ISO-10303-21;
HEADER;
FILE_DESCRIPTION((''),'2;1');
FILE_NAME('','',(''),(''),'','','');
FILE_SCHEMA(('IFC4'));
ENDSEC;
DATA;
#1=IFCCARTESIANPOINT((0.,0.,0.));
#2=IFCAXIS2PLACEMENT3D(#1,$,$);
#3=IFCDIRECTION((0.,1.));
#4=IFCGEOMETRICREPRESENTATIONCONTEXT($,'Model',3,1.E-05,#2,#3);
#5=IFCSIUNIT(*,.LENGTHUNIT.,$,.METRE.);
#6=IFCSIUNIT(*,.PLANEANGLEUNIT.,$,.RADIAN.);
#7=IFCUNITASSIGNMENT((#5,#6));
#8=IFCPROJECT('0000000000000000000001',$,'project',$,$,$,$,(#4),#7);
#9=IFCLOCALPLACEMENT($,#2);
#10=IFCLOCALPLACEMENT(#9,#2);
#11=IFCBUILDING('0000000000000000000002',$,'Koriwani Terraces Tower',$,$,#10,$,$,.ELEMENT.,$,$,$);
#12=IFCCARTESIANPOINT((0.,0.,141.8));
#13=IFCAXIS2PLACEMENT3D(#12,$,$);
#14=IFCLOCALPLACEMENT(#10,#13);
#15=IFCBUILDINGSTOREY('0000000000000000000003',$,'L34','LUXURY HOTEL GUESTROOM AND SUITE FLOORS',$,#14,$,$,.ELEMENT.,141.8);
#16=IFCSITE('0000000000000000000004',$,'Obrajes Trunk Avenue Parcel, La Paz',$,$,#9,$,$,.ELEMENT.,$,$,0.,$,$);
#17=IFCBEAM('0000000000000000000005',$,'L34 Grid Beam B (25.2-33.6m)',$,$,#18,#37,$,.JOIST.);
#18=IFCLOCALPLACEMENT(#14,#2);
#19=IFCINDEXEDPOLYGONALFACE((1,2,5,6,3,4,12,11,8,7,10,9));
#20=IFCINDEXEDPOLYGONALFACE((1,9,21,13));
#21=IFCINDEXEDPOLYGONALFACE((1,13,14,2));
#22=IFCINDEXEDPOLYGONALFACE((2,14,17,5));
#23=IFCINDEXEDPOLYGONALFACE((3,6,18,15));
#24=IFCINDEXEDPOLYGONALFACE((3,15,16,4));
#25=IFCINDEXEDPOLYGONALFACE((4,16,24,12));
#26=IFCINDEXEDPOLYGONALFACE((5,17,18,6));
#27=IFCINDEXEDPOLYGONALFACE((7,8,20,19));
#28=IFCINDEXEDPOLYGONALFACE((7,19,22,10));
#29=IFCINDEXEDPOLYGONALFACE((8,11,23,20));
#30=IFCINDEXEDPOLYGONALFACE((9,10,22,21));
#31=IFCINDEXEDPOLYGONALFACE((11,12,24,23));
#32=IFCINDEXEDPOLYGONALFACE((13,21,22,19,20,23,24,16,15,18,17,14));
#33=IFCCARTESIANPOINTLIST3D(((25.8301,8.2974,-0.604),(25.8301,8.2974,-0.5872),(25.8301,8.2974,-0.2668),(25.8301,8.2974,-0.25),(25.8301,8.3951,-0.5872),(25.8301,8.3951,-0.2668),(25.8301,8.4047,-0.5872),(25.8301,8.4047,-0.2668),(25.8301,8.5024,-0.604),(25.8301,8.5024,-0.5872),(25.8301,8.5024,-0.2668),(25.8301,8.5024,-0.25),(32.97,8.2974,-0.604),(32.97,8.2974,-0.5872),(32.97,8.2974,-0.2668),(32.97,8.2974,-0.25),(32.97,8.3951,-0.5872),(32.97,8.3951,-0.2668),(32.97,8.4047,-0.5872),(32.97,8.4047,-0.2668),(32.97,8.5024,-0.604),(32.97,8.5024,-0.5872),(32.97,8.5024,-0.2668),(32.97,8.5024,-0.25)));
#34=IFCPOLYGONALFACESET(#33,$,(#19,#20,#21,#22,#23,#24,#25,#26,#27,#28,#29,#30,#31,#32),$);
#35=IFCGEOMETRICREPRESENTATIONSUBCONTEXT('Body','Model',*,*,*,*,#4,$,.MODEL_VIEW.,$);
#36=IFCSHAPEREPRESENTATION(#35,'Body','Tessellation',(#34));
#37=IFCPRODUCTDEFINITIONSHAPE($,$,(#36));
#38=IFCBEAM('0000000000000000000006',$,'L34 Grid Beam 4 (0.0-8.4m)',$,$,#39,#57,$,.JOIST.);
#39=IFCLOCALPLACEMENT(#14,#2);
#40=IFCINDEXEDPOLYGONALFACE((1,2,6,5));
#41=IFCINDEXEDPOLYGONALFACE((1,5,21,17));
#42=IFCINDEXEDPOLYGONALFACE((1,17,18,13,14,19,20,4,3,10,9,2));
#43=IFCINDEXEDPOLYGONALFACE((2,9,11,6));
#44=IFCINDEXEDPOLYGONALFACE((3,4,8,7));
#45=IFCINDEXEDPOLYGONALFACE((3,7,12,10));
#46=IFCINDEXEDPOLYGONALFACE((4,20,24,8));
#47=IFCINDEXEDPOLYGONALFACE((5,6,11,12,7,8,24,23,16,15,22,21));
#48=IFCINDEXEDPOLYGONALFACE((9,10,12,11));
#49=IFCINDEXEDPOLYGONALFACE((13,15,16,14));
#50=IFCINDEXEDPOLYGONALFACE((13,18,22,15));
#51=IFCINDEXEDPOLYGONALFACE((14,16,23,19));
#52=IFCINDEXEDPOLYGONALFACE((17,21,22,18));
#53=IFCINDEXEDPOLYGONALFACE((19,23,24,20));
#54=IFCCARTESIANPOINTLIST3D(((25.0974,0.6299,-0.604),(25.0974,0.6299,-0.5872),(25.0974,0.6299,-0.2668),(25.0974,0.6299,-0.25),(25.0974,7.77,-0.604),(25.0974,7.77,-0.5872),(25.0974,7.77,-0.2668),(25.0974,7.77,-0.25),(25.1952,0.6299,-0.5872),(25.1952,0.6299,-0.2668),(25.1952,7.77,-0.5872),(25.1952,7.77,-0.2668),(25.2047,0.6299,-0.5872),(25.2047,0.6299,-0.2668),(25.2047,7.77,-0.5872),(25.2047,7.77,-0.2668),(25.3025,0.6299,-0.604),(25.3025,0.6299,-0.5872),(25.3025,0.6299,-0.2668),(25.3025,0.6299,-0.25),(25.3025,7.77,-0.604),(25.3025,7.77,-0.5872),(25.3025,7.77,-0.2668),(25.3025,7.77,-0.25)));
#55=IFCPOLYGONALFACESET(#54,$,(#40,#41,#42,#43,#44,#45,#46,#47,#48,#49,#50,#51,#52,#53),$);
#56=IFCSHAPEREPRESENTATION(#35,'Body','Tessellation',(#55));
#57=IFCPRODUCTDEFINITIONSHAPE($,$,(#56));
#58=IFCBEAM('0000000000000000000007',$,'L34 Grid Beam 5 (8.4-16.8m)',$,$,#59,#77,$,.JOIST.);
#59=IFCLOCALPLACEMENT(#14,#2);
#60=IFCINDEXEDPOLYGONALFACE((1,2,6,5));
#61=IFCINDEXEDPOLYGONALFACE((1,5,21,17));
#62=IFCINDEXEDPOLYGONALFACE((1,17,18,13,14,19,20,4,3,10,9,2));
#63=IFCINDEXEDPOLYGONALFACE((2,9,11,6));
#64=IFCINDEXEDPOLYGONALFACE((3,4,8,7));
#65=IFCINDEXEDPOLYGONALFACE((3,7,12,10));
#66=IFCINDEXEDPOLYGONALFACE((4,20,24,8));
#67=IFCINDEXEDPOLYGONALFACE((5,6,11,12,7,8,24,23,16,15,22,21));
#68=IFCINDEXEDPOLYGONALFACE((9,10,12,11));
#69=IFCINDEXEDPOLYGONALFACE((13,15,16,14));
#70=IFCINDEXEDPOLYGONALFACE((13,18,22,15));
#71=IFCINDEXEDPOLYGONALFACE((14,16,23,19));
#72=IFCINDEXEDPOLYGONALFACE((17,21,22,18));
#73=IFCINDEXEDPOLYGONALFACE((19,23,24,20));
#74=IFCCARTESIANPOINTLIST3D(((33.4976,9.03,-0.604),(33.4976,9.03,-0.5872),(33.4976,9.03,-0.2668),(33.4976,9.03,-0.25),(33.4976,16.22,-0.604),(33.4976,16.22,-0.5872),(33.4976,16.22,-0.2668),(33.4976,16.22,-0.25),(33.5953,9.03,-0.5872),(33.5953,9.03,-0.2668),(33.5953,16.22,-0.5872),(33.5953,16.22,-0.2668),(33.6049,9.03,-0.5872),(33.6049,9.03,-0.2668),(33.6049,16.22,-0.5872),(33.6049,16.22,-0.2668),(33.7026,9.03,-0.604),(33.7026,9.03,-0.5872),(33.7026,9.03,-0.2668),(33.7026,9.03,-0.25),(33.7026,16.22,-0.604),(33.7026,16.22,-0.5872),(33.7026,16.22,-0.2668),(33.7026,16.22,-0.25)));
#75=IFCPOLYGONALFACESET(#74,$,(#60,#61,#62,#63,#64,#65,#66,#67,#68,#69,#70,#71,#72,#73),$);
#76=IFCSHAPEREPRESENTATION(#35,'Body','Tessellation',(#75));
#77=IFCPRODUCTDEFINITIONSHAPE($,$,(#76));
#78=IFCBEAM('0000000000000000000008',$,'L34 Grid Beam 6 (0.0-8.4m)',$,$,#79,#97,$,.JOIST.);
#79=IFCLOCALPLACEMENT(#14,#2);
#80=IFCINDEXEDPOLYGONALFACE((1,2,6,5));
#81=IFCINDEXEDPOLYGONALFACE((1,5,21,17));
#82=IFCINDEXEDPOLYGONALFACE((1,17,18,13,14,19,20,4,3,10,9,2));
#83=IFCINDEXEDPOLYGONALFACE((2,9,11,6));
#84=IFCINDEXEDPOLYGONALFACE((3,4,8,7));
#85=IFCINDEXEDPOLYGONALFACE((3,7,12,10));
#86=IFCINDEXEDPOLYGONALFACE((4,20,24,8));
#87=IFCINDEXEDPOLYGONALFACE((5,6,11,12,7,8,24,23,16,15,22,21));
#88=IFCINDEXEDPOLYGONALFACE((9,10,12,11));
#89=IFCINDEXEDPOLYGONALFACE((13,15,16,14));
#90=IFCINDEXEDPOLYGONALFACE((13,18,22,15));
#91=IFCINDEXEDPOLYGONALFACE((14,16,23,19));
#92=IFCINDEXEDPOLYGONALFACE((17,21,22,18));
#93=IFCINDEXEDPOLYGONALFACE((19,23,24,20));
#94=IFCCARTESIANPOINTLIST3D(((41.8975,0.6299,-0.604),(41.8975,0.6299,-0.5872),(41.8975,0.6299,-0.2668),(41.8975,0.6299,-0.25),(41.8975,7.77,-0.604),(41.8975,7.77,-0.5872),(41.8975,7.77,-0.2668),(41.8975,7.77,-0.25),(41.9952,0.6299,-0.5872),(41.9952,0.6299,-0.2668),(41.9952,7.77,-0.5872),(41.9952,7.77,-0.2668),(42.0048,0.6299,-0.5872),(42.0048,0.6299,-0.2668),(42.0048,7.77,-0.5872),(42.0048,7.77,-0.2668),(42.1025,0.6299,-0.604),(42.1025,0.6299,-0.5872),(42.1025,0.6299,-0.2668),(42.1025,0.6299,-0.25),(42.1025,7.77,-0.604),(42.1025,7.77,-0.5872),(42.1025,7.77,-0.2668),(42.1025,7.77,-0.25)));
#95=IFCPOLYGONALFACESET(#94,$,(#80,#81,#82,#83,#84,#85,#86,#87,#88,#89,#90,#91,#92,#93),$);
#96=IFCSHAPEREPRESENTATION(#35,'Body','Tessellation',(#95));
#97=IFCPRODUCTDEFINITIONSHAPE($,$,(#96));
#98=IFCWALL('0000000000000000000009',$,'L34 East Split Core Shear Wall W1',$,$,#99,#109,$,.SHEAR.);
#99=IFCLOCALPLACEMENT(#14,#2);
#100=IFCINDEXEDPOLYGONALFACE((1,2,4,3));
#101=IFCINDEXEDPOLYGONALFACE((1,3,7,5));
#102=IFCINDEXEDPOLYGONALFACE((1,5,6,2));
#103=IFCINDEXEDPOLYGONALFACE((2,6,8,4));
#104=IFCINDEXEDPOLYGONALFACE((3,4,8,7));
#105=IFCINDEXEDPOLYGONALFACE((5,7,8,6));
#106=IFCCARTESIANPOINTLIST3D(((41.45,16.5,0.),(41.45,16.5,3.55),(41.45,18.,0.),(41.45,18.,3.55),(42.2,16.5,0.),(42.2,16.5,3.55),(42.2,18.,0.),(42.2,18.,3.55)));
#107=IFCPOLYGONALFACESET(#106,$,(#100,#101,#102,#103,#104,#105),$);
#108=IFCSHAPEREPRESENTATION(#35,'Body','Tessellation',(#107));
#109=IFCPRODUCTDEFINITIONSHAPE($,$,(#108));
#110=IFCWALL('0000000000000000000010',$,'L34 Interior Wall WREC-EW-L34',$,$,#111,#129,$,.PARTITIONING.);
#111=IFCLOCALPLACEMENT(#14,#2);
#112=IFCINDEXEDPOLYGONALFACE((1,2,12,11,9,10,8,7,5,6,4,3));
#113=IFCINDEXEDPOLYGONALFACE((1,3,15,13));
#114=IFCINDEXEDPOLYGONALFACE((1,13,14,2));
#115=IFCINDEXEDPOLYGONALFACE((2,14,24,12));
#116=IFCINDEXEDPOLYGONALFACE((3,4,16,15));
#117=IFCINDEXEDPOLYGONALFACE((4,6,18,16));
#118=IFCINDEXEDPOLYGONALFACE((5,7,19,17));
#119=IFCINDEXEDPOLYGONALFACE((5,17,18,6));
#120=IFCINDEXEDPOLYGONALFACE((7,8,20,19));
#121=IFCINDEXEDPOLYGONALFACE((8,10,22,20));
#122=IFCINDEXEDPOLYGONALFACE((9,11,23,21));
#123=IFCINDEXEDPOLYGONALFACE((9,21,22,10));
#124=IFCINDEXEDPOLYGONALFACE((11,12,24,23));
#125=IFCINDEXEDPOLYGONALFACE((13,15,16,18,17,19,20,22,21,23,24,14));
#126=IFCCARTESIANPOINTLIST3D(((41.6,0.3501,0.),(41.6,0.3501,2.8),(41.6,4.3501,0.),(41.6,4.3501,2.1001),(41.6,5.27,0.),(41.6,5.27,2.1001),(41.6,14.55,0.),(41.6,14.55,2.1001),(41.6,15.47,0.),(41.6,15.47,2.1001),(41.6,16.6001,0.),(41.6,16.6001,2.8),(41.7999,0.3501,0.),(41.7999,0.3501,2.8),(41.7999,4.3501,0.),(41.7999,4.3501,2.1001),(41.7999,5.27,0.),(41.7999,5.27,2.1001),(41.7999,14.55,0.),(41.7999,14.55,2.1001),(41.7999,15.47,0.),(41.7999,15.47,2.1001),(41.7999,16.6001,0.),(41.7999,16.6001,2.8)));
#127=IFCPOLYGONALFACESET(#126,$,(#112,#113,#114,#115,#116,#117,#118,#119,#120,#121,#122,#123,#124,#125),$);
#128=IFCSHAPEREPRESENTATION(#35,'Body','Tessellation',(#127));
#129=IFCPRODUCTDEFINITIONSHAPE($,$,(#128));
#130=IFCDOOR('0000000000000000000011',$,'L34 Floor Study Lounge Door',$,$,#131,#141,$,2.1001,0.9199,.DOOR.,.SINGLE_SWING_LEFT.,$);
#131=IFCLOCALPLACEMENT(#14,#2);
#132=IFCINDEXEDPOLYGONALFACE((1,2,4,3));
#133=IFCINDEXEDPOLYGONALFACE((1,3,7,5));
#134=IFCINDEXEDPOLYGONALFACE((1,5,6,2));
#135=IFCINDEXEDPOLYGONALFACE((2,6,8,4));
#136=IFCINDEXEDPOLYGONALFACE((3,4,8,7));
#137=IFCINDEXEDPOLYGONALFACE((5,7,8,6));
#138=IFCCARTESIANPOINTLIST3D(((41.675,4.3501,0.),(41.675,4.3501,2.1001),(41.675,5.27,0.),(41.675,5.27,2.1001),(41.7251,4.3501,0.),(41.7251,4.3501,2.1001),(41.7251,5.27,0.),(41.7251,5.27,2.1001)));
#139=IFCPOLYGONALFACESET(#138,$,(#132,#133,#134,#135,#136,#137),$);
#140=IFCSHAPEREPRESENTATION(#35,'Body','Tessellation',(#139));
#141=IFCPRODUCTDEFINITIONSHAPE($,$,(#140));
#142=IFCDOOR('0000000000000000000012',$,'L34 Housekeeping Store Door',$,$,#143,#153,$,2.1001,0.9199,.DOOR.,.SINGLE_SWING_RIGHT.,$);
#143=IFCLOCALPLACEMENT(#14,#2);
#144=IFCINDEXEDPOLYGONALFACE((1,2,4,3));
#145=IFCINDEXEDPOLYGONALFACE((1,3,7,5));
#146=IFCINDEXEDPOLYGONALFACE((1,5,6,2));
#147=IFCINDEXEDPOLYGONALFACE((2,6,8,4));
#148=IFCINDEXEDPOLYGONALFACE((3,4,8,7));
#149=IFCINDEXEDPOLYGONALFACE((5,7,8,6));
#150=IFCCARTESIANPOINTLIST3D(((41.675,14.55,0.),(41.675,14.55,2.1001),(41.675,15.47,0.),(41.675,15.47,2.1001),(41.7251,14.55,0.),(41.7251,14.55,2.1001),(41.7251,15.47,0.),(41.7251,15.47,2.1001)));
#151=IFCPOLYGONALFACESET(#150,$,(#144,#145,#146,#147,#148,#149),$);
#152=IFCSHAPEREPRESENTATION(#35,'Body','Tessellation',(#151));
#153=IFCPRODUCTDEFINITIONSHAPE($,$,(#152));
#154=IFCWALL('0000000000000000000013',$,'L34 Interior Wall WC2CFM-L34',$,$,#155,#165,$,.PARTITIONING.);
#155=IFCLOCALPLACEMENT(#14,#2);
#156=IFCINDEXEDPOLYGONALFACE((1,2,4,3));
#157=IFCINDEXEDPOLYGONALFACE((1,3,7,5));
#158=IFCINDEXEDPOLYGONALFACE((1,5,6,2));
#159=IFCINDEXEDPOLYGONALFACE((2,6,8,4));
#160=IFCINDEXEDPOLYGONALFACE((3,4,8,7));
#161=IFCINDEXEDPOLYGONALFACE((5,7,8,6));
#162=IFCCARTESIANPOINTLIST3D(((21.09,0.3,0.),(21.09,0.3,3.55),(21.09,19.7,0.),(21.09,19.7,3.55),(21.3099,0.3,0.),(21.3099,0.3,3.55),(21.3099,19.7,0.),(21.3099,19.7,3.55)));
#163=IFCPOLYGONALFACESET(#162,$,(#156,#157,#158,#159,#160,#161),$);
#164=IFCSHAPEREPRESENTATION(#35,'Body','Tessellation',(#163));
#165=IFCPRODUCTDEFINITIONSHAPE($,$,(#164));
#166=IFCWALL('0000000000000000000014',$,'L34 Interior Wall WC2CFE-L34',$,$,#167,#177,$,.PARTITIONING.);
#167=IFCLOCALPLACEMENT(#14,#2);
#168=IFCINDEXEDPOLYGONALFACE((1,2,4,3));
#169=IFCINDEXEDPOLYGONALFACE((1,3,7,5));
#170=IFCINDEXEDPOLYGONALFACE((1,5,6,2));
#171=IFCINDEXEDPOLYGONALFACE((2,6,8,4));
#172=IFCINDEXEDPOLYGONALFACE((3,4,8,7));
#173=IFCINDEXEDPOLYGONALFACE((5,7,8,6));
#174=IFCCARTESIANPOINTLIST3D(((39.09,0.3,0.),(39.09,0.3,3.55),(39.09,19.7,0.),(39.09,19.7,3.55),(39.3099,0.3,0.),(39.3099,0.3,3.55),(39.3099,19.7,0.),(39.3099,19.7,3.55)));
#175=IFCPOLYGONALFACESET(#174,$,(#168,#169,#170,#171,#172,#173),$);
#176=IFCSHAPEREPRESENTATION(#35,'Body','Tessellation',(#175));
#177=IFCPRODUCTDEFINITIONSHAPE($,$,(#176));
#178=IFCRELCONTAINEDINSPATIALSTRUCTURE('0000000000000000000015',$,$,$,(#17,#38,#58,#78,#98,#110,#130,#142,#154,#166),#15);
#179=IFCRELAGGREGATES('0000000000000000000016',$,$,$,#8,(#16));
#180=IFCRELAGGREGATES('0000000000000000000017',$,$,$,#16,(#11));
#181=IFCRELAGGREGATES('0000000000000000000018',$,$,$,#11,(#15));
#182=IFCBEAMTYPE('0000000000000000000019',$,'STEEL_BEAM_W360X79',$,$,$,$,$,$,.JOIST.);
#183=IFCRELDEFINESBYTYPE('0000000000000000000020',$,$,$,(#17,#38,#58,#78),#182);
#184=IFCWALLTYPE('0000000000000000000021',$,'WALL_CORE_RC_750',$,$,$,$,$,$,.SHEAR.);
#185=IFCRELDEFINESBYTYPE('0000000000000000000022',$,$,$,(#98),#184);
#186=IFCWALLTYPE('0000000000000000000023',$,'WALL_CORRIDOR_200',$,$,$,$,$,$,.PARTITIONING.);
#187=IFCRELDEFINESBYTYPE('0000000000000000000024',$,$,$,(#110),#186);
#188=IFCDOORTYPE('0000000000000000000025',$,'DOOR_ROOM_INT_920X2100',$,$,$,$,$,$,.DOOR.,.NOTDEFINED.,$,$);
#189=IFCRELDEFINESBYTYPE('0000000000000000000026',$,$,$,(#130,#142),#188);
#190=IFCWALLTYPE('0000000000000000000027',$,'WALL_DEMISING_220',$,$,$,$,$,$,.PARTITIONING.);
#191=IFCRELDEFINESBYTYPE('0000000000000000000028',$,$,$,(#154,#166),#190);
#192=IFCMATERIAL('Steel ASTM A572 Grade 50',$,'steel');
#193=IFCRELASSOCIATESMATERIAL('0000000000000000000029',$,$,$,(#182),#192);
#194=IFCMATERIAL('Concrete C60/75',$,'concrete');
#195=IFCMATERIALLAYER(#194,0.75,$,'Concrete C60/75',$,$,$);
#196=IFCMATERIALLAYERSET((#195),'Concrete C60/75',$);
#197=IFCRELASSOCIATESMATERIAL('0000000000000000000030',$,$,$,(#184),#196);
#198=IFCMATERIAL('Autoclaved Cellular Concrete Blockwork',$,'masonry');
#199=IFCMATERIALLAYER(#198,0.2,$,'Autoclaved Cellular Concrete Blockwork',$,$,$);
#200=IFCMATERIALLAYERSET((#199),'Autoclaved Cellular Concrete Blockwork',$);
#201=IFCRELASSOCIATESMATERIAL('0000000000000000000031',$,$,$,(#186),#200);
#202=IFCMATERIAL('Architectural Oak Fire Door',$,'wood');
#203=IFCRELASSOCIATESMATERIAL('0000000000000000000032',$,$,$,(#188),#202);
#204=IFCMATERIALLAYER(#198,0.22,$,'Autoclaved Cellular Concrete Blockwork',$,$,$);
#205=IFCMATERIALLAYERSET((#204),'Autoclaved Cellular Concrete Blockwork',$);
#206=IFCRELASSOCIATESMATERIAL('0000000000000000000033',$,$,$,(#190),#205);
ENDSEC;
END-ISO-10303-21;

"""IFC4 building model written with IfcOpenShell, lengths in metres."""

from ifc_helpers import new_model, si_unit, direction, frame, frame_2d, origin, origin_2d, place, context, subcontext, project, spatial, rectangle, i_section, extrude, material, layer, layer_set, material_profile, profile_set, type_object, element, fill, save


model = new_model("IFC4")

# Units and contexts
model_context = context("Model", 3, precision=1e-05, world=origin(), true_north=direction((0.0, 1.0)))
body_context = subcontext(model_context, "Body", "Model", "MODEL_VIEW")
ifc_project = project(units=[si_unit("LENGTHUNIT", "METRE"), si_unit("PLANEANGLEUNIT", "RADIAN")], contexts=[model_context])

# Site, building, storey
site_placement = place(None, origin())
site = spatial("IfcSite", under=ifc_project, at=site_placement, Name="Obrajes Trunk Avenue Parcel, La Paz", CompositionType="ELEMENT", RefElevation=0.0)
building_placement = place(site_placement, origin())
building = spatial("IfcBuilding", under=site, at=building_placement, Name="Koriwani Terraces Tower", CompositionType="ELEMENT")
storey_placement = place(building_placement, frame((0.0, 0.0, 141.8)))
storey = spatial("IfcBuildingStorey", under=building, at=storey_placement, Name="L34", Description="LUXURY HOTEL GUESTROOM AND SUITE FLOORS", CompositionType="ELEMENT", Elevation=141.8)

# Shared definitions
ifc_material_1 = material(Name="Concrete C60/75", Category="concrete")

# Beams
ifc_material_2 = material(Name="Steel ASTM A572 Grade 50", Category="steel")
ifc_material_profile_1 = material_profile(ifc_material_2, i_section(OverallWidth=0.2051, OverallDepth=0.354, WebThickness=0.0095, FlangeThickness=0.0168, at=origin_2d()), Name="Steel ASTM A572 Grade 50", Category="LoadBearing")
ifc_profile_set_1 = profile_set([ifc_material_profile_1], Name="Steel ASTM A572 Grade 50")
beam_type_1 = type_object("IfcBeamType", Name="STEEL_BEAM_W360X79", PredefinedType="JOIST", material=ifc_profile_set_1)
beam_1_placement = place(storey_placement, frame((25.8301, 8.3999, -0.427), z_axis=(1.0, 0.0, 0.0), x_axis=(0.0, 1.0, 0.0)))
element("IfcBeam", 1, at=beam_1_placement, inside=storey, type_object=beam_type_1, Name="L34 Grid Beam B (25.2-33.6m)", PredefinedType="JOIST", context=body_context, shape_type="SweptSolid", body=[
    extrude(i_section(OverallWidth=0.2051, OverallDepth=0.354, WebThickness=0.0095, FlangeThickness=0.0168, at=origin_2d()), origin(), (0.0, 0.0, 1.0), 7.1399),
])
beam_2_placement = place(storey_placement, frame((25.2, 0.6299, -0.427), z_axis=(0.0, 1.0, 0.0), x_axis=(-1.0, 0.0, 0.0)))
element("IfcBeam", 2, at=beam_2_placement, inside=storey, type_object=beam_type_1, Name="L34 Grid Beam 4 (0.0-8.4m)", PredefinedType="JOIST", context=body_context, shape_type="SweptSolid", body=[
    extrude(i_section(OverallWidth=0.2051, OverallDepth=0.354, WebThickness=0.0095, FlangeThickness=0.0168, at=origin_2d()), origin(), (0.0, 0.0, 1.0), 7.1401),
])
beam_3_placement = place(storey_placement, frame((33.6001, 9.03, -0.427), z_axis=(0.0, 1.0, 0.0), x_axis=(-1.0, 0.0, 0.0)))
element("IfcBeam", 3, at=beam_3_placement, inside=storey, type_object=beam_type_1, Name="L34 Grid Beam 5 (8.4-16.8m)", PredefinedType="JOIST", context=body_context, shape_type="SweptSolid", body=[
    extrude(i_section(OverallWidth=0.2051, OverallDepth=0.354, WebThickness=0.0095, FlangeThickness=0.0168, at=origin_2d()), origin(), (0.0, 0.0, 1.0), 7.1899),
])
beam_4_placement = place(storey_placement, frame((42.0, 0.6299, -0.427), z_axis=(0.0, 1.0, 0.0), x_axis=(-1.0, 0.0, 0.0)))
element("IfcBeam", 4, at=beam_4_placement, inside=storey, type_object=beam_type_1, Name="L34 Grid Beam 6 (0.0-8.4m)", PredefinedType="JOIST", context=body_context, shape_type="SweptSolid", body=[
    extrude(i_section(OverallWidth=0.2051, OverallDepth=0.354, WebThickness=0.0095, FlangeThickness=0.0168, at=origin_2d()), origin(), (0.0, 0.0, 1.0), 7.1401),
])

# Wall
ifc_layer_1 = layer(ifc_material_1, 0.75, Name="Concrete C60/75")
ifc_layer_set_1 = layer_set([ifc_layer_1], Name="Concrete C60/75")
wall_type_1 = type_object("IfcWallType", Name="WALL_CORE_RC_750", PredefinedType="SHEAR", material=ifc_layer_set_1)
wall_1_placement = place(storey_placement, frame((41.825, 16.5, 0.0), z_axis=(0.0, 0.0, 1.0), x_axis=(0.0, 1.0, 0.0)))
element("IfcWall", 5, at=wall_1_placement, inside=storey, type_object=wall_type_1, Name="L34 East Split Core Shear Wall W1", PredefinedType="SHEAR", context=body_context, shape_type="SweptSolid", body=[
    extrude(rectangle(XDim=1.5, YDim=0.75, at=frame_2d((0.75, 0.0))), origin(), (0.0, 0.0, 1.0), 3.55),
])

# Wall, openings, doors
ifc_material_3 = material(Name="Autoclaved Cellular Concrete Blockwork", Category="masonry")
ifc_layer_2 = layer(ifc_material_3, 0.2, Name="Autoclaved Cellular Concrete Blockwork")
ifc_layer_set_2 = layer_set([ifc_layer_2], Name="Autoclaved Cellular Concrete Blockwork")
wall_type_2 = type_object("IfcWallType", Name="WALL_CORRIDOR_200", PredefinedType="PARTITIONING", material=ifc_layer_set_2)
wall_2_placement = place(storey_placement, frame((41.7, 0.3501, 0.0), z_axis=(0.0, 0.0, 1.0), x_axis=(0.0, 1.0, 0.0)))
wall_2 = element("IfcWall", 6, at=wall_2_placement, inside=storey, type_object=wall_type_2, Name="L34 Interior Wall WREC-EW-L34", PredefinedType="PARTITIONING", context=body_context, shape_type="SweptSolid", body=[
    extrude(rectangle(XDim=16.25, YDim=0.2, at=frame_2d((8.125, 0.0))), origin(), (0.0, 0.0, 1.0), 2.8),
])
opening_1_placement = place(wall_2_placement, frame((4.0, 0.0, 0.0)))
opening_1 = element("IfcOpeningElement", 7, at=opening_1_placement, cuts=wall_2, PredefinedType="OPENING", context=body_context, shape_type="SweptSolid", body=[
    extrude(rectangle(XDim=0.9199, YDim=2.1001, at=frame_2d((0.46, 1.05))), frame((0.0, 0.1099, 0.0), z_axis=(0.0, -1.0, 0.0), x_axis=(1.0, 0.0, 0.0)), (0.0, 0.0, 1.0), 0.22),
])
opening_2_placement = place(wall_2_placement, frame((14.2, 0.0, 0.0)))
opening_2 = element("IfcOpeningElement", 8, at=opening_2_placement, cuts=wall_2, PredefinedType="OPENING", context=body_context, shape_type="SweptSolid", body=[
    extrude(rectangle(XDim=0.9199, YDim=2.1001, at=frame_2d((0.46, 1.05))), frame((0.0, 0.1099, 0.0), z_axis=(0.0, -1.0, 0.0), x_axis=(1.0, 0.0, 0.0)), (0.0, 0.0, 1.0), 0.22),
])
ifc_material_4 = material(Name="Architectural Oak Fire Door", Category="wood")
door_type = type_object("IfcDoorType", Name="DOOR_ROOM_INT_920X2100", OperationType="NOTDEFINED", PredefinedType="DOOR", material=ifc_material_4)
door_1_placement = place(opening_1_placement, origin())
door_1 = element("IfcDoor", 9, at=door_1_placement, inside=storey, type_object=door_type, Name="L34 Floor Study Lounge Door", OperationType="SINGLE_SWING_LEFT", OverallHeight=2.1001, OverallWidth=0.9199, PredefinedType="DOOR", context=body_context, shape_type="SweptSolid", body=[
    extrude(rectangle(XDim=0.9199, YDim=2.1001, at=frame_2d((0.46, 1.05))), frame((0.0, 0.0249, 0.0), z_axis=(0.0, -1.0, 0.0), x_axis=(1.0, 0.0, 0.0)), (0.0, 0.0, 1.0), 0.05),
])
fill(opening_1, door_1)
door_2_placement = place(opening_2_placement, origin())
door_2 = element("IfcDoor", 10, at=door_2_placement, inside=storey, type_object=door_type, Name="L34 Housekeeping Store Door", OperationType="SINGLE_SWING_RIGHT", OverallHeight=2.1001, OverallWidth=0.9199, PredefinedType="DOOR", context=body_context, shape_type="SweptSolid", body=[
    extrude(rectangle(XDim=0.9199, YDim=2.1001, at=frame_2d((0.46, 1.05))), frame((0.0, 0.0249, 0.0), z_axis=(0.0, -1.0, 0.0), x_axis=(1.0, 0.0, 0.0)), (0.0, 0.0, 1.0), 0.05),
])
fill(opening_2, door_2)

# Walls
ifc_layer_3 = layer(ifc_material_3, 0.22, Name="Autoclaved Cellular Concrete Blockwork")
ifc_layer_set_3 = layer_set([ifc_layer_3], Name="Autoclaved Cellular Concrete Blockwork")
wall_type_3 = type_object("IfcWallType", Name="WALL_DEMISING_220", PredefinedType="PARTITIONING", material=ifc_layer_set_3)
for number, where, z_axis, x_axis, name in (
    (11, (21.2, 0.3, 0.0), (0.0, 0.0, 1.0), (0.0, 1.0, 0.0), "L34 Interior Wall WC2CFM-L34"),
    (12, (39.2, 0.3, 0.0), (0.0, 0.0, 1.0), (0.0, 1.0, 0.0), "L34 Interior Wall WC2CFE-L34"),
):
    element("IfcWall", number, at=place(storey_placement, frame(where, z_axis=z_axis, x_axis=x_axis)), inside=storey, type_object=wall_type_3, Name=name, PredefinedType="PARTITIONING", context=body_context, shape_type="SweptSolid", body=[
        extrude(rectangle(XDim=19.3999, YDim=0.22, at=frame_2d((9.7, 0.0))), origin(), (0.0, 0.0, 1.0), 3.55),
    ])

save(model, "model.ifc")
